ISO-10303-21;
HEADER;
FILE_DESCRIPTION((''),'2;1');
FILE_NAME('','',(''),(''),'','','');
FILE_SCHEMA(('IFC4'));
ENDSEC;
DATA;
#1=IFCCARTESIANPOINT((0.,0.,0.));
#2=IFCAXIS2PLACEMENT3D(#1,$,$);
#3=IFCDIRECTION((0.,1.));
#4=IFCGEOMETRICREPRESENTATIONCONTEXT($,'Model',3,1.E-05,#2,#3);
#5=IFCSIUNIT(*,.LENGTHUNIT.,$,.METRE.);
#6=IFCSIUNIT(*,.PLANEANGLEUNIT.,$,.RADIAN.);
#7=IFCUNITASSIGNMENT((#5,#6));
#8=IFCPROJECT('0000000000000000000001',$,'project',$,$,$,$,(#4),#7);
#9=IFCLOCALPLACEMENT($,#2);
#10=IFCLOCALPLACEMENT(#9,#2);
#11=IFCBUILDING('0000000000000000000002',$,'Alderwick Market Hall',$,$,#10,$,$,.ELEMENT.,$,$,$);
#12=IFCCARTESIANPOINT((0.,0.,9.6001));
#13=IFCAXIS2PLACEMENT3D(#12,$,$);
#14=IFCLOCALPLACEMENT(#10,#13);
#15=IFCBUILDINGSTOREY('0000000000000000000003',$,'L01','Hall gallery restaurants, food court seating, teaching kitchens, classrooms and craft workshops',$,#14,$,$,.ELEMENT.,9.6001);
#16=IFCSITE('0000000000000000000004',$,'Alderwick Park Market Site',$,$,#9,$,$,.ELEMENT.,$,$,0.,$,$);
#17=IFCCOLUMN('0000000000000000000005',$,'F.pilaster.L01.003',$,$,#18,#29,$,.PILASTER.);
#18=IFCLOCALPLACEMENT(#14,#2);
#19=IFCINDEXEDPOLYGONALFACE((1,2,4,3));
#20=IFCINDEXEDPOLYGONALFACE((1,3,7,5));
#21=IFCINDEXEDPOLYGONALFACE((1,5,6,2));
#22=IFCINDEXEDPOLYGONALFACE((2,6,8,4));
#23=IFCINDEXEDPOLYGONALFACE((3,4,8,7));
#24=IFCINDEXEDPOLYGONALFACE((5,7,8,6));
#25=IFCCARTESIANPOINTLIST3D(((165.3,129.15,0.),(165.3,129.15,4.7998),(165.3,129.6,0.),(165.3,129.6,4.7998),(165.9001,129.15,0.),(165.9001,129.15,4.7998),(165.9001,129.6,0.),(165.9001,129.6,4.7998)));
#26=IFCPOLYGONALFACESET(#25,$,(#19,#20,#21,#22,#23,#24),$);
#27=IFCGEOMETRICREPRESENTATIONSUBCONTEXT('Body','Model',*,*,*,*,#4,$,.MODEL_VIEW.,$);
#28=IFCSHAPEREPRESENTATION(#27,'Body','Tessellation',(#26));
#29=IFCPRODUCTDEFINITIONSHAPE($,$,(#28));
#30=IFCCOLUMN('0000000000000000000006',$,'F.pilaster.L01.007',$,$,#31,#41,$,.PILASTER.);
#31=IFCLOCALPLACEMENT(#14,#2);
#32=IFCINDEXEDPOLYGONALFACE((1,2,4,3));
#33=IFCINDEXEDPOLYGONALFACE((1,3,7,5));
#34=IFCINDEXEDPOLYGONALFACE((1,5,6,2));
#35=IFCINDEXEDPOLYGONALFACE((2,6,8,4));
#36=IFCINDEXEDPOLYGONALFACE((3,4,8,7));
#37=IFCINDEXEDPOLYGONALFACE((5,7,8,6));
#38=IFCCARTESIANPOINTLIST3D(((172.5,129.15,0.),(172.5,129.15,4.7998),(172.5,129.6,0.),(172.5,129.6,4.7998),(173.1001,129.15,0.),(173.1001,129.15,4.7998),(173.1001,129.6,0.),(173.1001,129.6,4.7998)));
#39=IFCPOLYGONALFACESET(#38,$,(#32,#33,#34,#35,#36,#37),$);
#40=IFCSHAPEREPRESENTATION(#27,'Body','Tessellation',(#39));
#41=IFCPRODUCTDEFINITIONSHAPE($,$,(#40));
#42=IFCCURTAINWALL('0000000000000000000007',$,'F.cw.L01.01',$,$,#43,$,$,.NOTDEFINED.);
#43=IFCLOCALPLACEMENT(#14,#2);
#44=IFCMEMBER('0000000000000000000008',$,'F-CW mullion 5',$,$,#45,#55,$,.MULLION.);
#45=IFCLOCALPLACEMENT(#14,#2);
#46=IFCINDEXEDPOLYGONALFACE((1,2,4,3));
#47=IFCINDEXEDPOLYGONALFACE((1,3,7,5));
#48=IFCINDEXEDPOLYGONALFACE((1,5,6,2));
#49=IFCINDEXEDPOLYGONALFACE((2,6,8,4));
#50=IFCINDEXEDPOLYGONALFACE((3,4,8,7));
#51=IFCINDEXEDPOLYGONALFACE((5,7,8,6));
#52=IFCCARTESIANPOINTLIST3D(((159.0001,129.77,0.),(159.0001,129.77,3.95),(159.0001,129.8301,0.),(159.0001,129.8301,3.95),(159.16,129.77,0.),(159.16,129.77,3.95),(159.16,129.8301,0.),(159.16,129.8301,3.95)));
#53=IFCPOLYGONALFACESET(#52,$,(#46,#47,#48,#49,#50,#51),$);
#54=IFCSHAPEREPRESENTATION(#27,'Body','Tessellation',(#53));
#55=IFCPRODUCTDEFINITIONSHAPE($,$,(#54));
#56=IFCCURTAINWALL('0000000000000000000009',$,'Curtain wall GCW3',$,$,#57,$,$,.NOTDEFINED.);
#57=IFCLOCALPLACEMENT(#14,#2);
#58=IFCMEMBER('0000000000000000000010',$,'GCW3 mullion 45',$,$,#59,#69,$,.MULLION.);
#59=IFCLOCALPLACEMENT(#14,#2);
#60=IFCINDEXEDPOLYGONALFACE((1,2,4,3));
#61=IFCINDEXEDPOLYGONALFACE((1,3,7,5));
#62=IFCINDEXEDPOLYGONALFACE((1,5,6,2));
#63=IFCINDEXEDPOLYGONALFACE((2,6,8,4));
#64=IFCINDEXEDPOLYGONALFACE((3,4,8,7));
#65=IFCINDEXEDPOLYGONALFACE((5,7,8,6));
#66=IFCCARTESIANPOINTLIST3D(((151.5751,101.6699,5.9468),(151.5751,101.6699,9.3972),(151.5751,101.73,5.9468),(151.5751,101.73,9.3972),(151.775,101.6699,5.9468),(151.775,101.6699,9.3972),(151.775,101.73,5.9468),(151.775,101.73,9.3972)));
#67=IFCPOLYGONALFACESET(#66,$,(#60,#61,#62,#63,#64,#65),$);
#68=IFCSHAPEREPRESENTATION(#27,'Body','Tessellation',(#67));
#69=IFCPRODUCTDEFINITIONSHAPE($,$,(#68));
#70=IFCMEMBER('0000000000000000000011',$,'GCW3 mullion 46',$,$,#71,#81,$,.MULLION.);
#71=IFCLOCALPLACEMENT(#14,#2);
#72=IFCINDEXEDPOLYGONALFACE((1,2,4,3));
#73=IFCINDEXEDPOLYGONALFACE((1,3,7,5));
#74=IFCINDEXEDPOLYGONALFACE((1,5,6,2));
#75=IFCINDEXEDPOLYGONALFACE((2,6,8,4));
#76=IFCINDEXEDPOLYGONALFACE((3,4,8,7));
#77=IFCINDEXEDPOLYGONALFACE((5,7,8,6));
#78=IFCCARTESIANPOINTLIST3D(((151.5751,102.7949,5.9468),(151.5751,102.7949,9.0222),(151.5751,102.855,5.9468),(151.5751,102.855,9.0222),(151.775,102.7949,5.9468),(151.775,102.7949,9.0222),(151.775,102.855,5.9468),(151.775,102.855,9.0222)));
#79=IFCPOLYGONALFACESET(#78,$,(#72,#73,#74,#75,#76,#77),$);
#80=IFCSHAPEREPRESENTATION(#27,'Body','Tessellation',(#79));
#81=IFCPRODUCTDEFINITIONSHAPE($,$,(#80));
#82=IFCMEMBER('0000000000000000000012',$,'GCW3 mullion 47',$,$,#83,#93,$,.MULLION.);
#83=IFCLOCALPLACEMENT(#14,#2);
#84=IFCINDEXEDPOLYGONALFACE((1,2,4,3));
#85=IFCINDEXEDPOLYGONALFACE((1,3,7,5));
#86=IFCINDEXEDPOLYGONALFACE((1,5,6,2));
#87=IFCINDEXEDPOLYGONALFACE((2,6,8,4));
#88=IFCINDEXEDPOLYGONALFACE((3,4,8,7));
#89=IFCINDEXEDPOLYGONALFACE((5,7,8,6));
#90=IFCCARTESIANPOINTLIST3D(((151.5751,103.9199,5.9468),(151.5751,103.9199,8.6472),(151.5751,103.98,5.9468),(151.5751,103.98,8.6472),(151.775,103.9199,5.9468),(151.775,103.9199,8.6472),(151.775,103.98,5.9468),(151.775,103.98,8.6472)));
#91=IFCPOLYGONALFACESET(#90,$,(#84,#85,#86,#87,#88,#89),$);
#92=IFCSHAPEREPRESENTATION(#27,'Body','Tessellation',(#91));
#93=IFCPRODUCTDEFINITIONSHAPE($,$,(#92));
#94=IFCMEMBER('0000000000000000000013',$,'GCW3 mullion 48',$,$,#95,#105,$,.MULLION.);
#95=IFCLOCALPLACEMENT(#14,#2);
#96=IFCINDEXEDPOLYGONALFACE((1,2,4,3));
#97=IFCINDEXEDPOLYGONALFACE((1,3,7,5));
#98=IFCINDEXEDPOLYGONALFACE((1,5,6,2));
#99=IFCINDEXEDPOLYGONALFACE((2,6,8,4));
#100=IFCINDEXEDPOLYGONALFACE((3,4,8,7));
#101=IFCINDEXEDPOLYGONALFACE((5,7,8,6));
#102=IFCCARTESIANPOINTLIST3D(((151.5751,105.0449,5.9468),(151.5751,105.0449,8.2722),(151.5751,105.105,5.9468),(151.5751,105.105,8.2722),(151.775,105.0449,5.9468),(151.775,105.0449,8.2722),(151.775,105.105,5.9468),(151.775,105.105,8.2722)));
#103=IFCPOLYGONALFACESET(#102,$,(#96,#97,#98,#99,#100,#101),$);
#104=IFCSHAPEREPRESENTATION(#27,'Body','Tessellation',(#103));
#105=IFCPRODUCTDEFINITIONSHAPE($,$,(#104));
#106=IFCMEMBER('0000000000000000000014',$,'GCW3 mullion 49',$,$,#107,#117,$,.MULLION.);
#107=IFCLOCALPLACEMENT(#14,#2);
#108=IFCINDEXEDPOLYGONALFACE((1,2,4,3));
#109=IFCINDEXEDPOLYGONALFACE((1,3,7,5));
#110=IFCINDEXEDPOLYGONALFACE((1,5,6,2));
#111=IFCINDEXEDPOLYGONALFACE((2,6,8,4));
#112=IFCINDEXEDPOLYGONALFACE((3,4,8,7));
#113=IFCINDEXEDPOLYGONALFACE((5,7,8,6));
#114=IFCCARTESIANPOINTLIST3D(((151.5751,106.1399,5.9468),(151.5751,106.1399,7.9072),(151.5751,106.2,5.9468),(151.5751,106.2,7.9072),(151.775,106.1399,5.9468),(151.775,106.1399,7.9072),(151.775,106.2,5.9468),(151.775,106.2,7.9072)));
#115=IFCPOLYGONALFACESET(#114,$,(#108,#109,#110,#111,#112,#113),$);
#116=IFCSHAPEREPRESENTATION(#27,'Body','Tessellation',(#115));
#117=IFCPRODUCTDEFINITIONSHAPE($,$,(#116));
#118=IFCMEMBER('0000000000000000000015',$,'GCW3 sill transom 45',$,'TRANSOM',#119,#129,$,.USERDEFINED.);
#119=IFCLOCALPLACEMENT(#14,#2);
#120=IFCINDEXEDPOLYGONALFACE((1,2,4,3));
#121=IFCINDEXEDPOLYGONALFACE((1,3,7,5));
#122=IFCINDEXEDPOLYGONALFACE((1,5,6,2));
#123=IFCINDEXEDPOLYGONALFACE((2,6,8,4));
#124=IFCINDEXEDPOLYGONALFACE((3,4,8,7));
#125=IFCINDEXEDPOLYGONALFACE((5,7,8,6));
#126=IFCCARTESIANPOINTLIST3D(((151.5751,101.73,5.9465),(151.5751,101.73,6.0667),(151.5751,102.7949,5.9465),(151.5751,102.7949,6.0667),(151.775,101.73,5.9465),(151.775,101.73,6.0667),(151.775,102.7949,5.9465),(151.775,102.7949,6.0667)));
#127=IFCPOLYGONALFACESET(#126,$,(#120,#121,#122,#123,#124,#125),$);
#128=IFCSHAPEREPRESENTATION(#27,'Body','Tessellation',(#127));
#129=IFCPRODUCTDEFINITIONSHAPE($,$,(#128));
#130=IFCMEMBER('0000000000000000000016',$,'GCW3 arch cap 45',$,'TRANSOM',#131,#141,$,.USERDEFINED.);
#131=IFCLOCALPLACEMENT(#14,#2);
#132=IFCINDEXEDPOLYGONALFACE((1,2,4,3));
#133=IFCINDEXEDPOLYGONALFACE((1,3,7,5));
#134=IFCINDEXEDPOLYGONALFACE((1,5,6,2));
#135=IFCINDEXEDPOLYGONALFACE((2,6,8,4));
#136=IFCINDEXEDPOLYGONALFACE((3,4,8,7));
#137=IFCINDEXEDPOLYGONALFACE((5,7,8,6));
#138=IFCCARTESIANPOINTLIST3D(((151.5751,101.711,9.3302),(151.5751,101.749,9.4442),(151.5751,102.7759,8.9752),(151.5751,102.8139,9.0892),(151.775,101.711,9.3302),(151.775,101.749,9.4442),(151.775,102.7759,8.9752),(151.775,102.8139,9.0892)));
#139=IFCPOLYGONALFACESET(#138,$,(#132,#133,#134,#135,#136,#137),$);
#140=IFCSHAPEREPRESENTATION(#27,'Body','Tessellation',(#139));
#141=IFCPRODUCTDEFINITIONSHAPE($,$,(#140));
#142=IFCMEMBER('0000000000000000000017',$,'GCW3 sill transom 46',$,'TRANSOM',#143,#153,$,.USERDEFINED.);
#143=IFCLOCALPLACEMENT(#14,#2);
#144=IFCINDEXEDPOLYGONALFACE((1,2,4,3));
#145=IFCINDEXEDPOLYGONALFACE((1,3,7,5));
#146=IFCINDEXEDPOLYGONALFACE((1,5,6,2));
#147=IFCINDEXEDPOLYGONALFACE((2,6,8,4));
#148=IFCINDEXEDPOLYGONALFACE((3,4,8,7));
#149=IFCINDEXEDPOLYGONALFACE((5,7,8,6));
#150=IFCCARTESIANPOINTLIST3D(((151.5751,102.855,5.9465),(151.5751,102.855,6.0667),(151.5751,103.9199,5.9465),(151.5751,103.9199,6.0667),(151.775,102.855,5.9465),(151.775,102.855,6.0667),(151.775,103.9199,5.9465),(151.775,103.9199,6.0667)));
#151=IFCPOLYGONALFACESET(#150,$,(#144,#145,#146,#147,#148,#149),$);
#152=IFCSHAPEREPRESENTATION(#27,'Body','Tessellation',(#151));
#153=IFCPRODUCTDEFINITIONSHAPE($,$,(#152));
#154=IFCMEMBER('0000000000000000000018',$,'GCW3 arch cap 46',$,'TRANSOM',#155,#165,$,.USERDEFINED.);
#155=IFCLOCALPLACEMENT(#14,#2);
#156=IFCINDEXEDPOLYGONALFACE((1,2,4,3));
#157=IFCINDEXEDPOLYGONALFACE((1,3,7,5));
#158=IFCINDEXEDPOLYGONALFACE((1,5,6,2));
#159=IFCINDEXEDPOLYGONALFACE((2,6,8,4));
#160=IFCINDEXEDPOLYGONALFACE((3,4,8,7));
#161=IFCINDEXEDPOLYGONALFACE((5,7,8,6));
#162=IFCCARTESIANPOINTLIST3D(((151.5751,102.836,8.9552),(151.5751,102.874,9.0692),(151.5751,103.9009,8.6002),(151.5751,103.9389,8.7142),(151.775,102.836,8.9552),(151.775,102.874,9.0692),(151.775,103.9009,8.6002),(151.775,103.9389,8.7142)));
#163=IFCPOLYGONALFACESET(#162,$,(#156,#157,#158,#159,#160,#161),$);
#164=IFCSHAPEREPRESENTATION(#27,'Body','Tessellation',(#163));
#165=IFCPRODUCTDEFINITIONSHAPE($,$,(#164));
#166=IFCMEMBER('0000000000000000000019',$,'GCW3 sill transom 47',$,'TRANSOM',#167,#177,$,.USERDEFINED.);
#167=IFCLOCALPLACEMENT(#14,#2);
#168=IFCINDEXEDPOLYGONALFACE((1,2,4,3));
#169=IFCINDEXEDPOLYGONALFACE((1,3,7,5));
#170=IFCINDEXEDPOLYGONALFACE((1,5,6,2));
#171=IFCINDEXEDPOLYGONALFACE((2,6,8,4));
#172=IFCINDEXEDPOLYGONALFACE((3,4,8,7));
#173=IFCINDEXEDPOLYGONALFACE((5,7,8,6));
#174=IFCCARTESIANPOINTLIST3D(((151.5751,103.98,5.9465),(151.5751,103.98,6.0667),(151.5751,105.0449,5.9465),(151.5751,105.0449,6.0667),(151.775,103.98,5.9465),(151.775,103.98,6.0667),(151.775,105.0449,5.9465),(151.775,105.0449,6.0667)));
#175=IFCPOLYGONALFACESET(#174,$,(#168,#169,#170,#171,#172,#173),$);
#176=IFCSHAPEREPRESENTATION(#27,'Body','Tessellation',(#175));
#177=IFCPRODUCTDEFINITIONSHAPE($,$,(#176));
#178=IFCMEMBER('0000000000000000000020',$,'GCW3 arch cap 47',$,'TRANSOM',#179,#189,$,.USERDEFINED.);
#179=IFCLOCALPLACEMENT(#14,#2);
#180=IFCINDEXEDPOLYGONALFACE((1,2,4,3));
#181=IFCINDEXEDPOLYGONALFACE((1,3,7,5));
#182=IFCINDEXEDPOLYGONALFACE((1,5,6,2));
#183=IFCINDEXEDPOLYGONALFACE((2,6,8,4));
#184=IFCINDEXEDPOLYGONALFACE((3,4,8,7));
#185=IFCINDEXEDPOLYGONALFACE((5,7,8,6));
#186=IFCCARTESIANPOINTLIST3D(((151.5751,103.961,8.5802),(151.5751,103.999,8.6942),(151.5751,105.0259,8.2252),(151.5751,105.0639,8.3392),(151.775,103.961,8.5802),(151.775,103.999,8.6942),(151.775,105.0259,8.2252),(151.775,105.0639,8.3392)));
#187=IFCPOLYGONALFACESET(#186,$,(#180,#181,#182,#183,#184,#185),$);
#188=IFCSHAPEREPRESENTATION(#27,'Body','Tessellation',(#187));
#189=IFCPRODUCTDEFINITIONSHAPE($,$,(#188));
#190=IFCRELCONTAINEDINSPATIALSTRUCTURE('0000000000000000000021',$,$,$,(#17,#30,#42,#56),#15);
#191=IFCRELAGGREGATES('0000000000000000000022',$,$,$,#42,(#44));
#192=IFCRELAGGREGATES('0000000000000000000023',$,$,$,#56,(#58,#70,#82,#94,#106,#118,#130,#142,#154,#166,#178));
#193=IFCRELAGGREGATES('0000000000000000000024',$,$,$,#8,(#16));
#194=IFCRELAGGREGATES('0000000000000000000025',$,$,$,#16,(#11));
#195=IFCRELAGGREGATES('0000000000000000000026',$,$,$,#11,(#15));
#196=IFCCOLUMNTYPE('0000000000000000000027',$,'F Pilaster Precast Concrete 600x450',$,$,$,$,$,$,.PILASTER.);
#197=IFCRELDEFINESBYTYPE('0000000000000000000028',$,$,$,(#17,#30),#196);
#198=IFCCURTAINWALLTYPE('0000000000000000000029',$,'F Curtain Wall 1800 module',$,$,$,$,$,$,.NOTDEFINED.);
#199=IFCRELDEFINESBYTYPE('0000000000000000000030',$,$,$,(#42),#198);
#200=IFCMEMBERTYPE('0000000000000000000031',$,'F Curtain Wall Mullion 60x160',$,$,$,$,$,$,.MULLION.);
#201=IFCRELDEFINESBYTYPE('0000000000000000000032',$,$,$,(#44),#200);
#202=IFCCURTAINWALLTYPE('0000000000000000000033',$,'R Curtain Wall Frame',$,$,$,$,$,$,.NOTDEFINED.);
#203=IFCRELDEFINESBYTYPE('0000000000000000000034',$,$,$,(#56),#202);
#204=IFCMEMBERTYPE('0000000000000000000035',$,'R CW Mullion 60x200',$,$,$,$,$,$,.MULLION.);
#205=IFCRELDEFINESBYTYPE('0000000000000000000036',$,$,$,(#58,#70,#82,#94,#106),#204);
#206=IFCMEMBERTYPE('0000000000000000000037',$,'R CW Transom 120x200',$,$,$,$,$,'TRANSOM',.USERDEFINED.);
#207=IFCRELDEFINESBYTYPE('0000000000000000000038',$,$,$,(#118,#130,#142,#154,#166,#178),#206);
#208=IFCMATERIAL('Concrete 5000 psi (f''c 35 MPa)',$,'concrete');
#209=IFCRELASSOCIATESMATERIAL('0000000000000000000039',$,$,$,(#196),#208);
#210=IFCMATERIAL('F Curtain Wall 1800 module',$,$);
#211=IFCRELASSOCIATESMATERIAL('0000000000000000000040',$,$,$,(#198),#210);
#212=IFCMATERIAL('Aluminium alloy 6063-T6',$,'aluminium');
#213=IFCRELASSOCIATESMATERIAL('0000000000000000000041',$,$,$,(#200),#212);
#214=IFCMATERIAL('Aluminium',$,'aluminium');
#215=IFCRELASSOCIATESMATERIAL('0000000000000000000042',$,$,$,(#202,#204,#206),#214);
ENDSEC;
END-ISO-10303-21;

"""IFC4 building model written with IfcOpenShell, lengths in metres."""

from ifc_helpers import new_model, si_unit, direction, frame, origin, origin_2d, place, context, subcontext, project, spatial, rectangle, extrude, material, material_profile, profile_set, type_object, element, aggregate, save


model = new_model("IFC4")

# Units and contexts
model_context = context("Model", 3, precision=1e-05, world=origin(), true_north=direction((0.0, 1.0)))
body_context = subcontext(model_context, "Body", "Model", "MODEL_VIEW")
ifc_project = project(units=[si_unit("LENGTHUNIT", "METRE"), si_unit("PLANEANGLEUNIT", "RADIAN")], contexts=[model_context])

# Site, building, storey
site_placement = place(None, origin())
site = spatial("IfcSite", under=ifc_project, at=site_placement, Name="Alderwick Park Market Site", CompositionType="ELEMENT", RefElevation=0.0)
building_placement = place(site_placement, origin())
building = spatial("IfcBuilding", under=site, at=building_placement, Name="Alderwick Market Hall", CompositionType="ELEMENT")
storey_placement = place(building_placement, frame((0.0, 0.0, 9.6001)))
storey = spatial("IfcBuildingStorey", under=building, at=storey_placement, Name="L01", Description="Hall gallery restaurants, food court seating, teaching kitchens, classrooms and craft workshops", CompositionType="ELEMENT", Elevation=9.6001)

# Columns
ifc_material_1 = material(Name="Concrete 5000 psi (f'c 35 MPa)", Category="concrete")
ifc_material_profile_1 = material_profile(ifc_material_1, rectangle(XDim=0.6001, YDim=0.45, at=origin_2d()), Name="PC 600x450")
ifc_profile_set_1 = profile_set([ifc_material_profile_1], Name="Concrete 5000 psi (f'c 35 MPa)")
column_type = type_object("IfcColumnType", Name="F Pilaster Precast Concrete 600x450", PredefinedType="PILASTER", material=ifc_profile_set_1)
for number, where, z_axis, x_axis, name in (
    (1, (165.6001, 129.375, 0.0), (0.0, 0.0, 1.0), (1.0, 0.0, 0.0), "F.pilaster.L01.003"),
    (2, (172.8, 129.375, 0.0), (0.0, 0.0, 1.0), (1.0, 0.0, 0.0), "F.pilaster.L01.007"),
):
    element("IfcColumn", number, at=place(storey_placement, frame(where, z_axis=z_axis, x_axis=x_axis)), inside=storey, type_object=column_type, Name=name, PredefinedType="PILASTER", context=body_context, shape_type="SweptSolid", body=[
        extrude(rectangle(XDim=0.6001, YDim=0.45, at=origin_2d()), origin(), (0.0, 0.0, 1.0), 4.7998),
    ])

# Curtain wall, member
ifc_material_2 = material(Name="F Curtain Wall 1800 module")
curtain_wall_type_1 = type_object("IfcCurtainWallType", Name="F Curtain Wall 1800 module", PredefinedType="NOTDEFINED", material=ifc_material_2)
curtain_wall_1_placement = place(storey_placement, origin())
curtain_wall_1 = element("IfcCurtainWall", 3, at=curtain_wall_1_placement, inside=storey, type_object=curtain_wall_type_1, Name="F.cw.L01.01", PredefinedType="NOTDEFINED")
ifc_material_3 = material(Name="Aluminium alloy 6063-T6", Category="aluminium")
ifc_material_profile_2 = material_profile(ifc_material_3, rectangle(XDim=0.0601, YDim=0.1599, at=origin_2d()), Name="AL 60x160")
ifc_profile_set_2 = profile_set([ifc_material_profile_2], Name="Aluminium alloy 6063-T6")
member_type_1 = type_object("IfcMemberType", Name="F Curtain Wall Mullion 60x160", PredefinedType="MULLION", material=ifc_profile_set_2)
member_1_placement = place(storey_placement, frame((159.0801, 129.8, 0.0), z_axis=(0.0, 0.0, 1.0), x_axis=(0.0, -1.0, 0.0)))
member_1 = element("IfcMember", 4, at=member_1_placement, type_object=member_type_1, Name="F-CW mullion 5", PredefinedType="MULLION", context=body_context, shape_type="SweptSolid", body=[
    extrude(rectangle(XDim=0.0601, YDim=0.1599, at=origin_2d()), origin(), (0.0, 0.0, 1.0), 3.95),
])

# Curtain wall, members
ifc_material_4 = material(Name="Aluminium", Category="aluminium")
curtain_wall_type_2 = type_object("IfcCurtainWallType", Name="R Curtain Wall Frame", PredefinedType="NOTDEFINED", material=ifc_material_4)
curtain_wall_2_placement = place(storey_placement, origin())
curtain_wall_2 = element("IfcCurtainWall", 5, at=curtain_wall_2_placement, inside=storey, type_object=curtain_wall_type_2, Name="Curtain wall GCW3", PredefinedType="NOTDEFINED")
ifc_material_profile_3 = material_profile(ifc_material_4, rectangle(XDim=0.2, YDim=0.0601, at=origin_2d()), Name="AL 60x200")
ifc_profile_set_3 = profile_set([ifc_material_profile_3], Name="Aluminium")
member_type_2 = type_object("IfcMemberType", Name="R CW Mullion 60x200", PredefinedType="MULLION", material=ifc_profile_set_3)
member_2_placement = place(storey_placement, frame((151.675, 101.7, 5.9468), z_axis=(0.0, 0.0, 1.0), x_axis=(1.0, 0.0, 0.0)))
member_2 = element("IfcMember", 6, at=member_2_placement, type_object=member_type_2, Name="GCW3 mullion 45", PredefinedType="MULLION", context=body_context, shape_type="SweptSolid", body=[
    extrude(rectangle(XDim=0.2, YDim=0.0601, at=origin_2d()), origin(), (0.0, 0.0, 1.0), 3.4504),
])
member_3_placement = place(storey_placement, frame((151.675, 102.825, 5.9468), z_axis=(0.0, 0.0, 1.0), x_axis=(1.0, 0.0, 0.0)))
member_3 = element("IfcMember", 7, at=member_3_placement, type_object=member_type_2, Name="GCW3 mullion 46", PredefinedType="MULLION", context=body_context, shape_type="SweptSolid", body=[
    extrude(rectangle(XDim=0.2, YDim=0.0601, at=origin_2d()), origin(), (0.0, 0.0, 1.0), 3.0754),
])
member_4_placement = place(storey_placement, frame((151.675, 103.95, 5.9468), z_axis=(0.0, 0.0, 1.0), x_axis=(1.0, 0.0, 0.0)))
member_4 = element("IfcMember", 8, at=member_4_placement, type_object=member_type_2, Name="GCW3 mullion 47", PredefinedType="MULLION", context=body_context, shape_type="SweptSolid", body=[
    extrude(rectangle(XDim=0.2, YDim=0.0601, at=origin_2d()), origin(), (0.0, 0.0, 1.0), 2.7004),
])
member_5_placement = place(storey_placement, frame((151.675, 105.075, 5.9468), z_axis=(0.0, 0.0, 1.0), x_axis=(1.0, 0.0, 0.0)))
member_5 = element("IfcMember", 9, at=member_5_placement, type_object=member_type_2, Name="GCW3 mullion 48", PredefinedType="MULLION", context=body_context, shape_type="SweptSolid", body=[
    extrude(rectangle(XDim=0.2, YDim=0.0601, at=origin_2d()), origin(), (0.0, 0.0, 1.0), 2.3254),
])
member_6_placement = place(storey_placement, frame((151.675, 106.1699, 5.9468), z_axis=(0.0, 0.0, 1.0), x_axis=(1.0, 0.0, 0.0)))
member_6 = element("IfcMember", 10, at=member_6_placement, type_object=member_type_2, Name="GCW3 mullion 49", PredefinedType="MULLION", context=body_context, shape_type="SweptSolid", body=[
    extrude(rectangle(XDim=0.2, YDim=0.0601, at=origin_2d()), origin(), (0.0, 0.0, 1.0), 1.9604),
])
ifc_material_profile_4 = material_profile(ifc_material_4, rectangle(XDim=0.2, YDim=0.1201, at=origin_2d()), Name="AL 120x200")
ifc_profile_set_4 = profile_set([ifc_material_profile_4], Name="Aluminium")
member_type_3 = type_object("IfcMemberType", Name="R CW Transom 120x200", ElementType="TRANSOM", PredefinedType="USERDEFINED", material=ifc_profile_set_4)
member_7_placement = place(storey_placement, frame((151.675, 101.73, 6.0066), z_axis=(0.0, 1.0, 0.0), x_axis=(-1.0, 0.0, 0.0)))
member_7 = element("IfcMember", 11, at=member_7_placement, type_object=member_type_3, Name="GCW3 sill transom 45", ObjectType="TRANSOM", PredefinedType="USERDEFINED", context=body_context, shape_type="SweptSolid", body=[
    extrude(rectangle(XDim=0.2, YDim=0.1201, at=origin_2d()), origin(), (0.0, 0.0, 1.0), 1.0649),
])
member_8_placement = place(storey_placement, frame((151.675, 101.73, 9.3872), z_axis=(0.0, 0.948683, -0.316228), x_axis=(-1.0, 0.0, 0.0)))
member_8 = element("IfcMember", 12, at=member_8_placement, type_object=member_type_3, Name="GCW3 arch cap 45", ObjectType="TRANSOM", PredefinedType="USERDEFINED", context=body_context, shape_type="SweptSolid", body=[
    extrude(rectangle(XDim=0.2, YDim=0.1201, at=origin_2d()), origin(), (0.0, 0.0, 1.0), 1.1226),
])
member_9_placement = place(storey_placement, frame((151.675, 102.855, 6.0066), z_axis=(0.0, 1.0, 0.0), x_axis=(-1.0, 0.0, 0.0)))
member_9 = element("IfcMember", 13, at=member_9_placement, type_object=member_type_3, Name="GCW3 sill transom 46", ObjectType="TRANSOM", PredefinedType="USERDEFINED", context=body_context, shape_type="SweptSolid", body=[
    extrude(rectangle(XDim=0.2, YDim=0.1201, at=origin_2d()), origin(), (0.0, 0.0, 1.0), 1.0649),
])
member_10_placement = place(storey_placement, frame((151.675, 102.855, 9.0122), z_axis=(0.0, 0.948683, -0.316228), x_axis=(-1.0, 0.0, 0.0)))
member_10 = element("IfcMember", 14, at=member_10_placement, type_object=member_type_3, Name="GCW3 arch cap 46", ObjectType="TRANSOM", PredefinedType="USERDEFINED", context=body_context, shape_type="SweptSolid", body=[
    extrude(rectangle(XDim=0.2, YDim=0.1201, at=origin_2d()), origin(), (0.0, 0.0, 1.0), 1.1226),
])
member_11_placement = place(storey_placement, frame((151.675, 103.98, 6.0066), z_axis=(0.0, 1.0, 0.0), x_axis=(-1.0, 0.0, 0.0)))
member_11 = element("IfcMember", 15, at=member_11_placement, type_object=member_type_3, Name="GCW3 sill transom 47", ObjectType="TRANSOM", PredefinedType="USERDEFINED", context=body_context, shape_type="SweptSolid", body=[
    extrude(rectangle(XDim=0.2, YDim=0.1201, at=origin_2d()), origin(), (0.0, 0.0, 1.0), 1.0649),
])
member_12_placement = place(storey_placement, frame((151.675, 103.98, 8.6372), z_axis=(0.0, 0.948683, -0.316228), x_axis=(-1.0, 0.0, 0.0)))
member_12 = element("IfcMember", 16, at=member_12_placement, type_object=member_type_3, Name="GCW3 arch cap 47", ObjectType="TRANSOM", PredefinedType="USERDEFINED", context=body_context, shape_type="SweptSolid", body=[
    extrude(rectangle(XDim=0.2, YDim=0.1201, at=origin_2d()), origin(), (0.0, 0.0, 1.0), 1.1226),
])

aggregate(curtain_wall_1, [member_1])
aggregate(curtain_wall_2, [member_2, member_3, member_4, member_5, member_6, member_7, member_8, member_9, member_10, member_11, member_12])

save(model, "model.ifc")
